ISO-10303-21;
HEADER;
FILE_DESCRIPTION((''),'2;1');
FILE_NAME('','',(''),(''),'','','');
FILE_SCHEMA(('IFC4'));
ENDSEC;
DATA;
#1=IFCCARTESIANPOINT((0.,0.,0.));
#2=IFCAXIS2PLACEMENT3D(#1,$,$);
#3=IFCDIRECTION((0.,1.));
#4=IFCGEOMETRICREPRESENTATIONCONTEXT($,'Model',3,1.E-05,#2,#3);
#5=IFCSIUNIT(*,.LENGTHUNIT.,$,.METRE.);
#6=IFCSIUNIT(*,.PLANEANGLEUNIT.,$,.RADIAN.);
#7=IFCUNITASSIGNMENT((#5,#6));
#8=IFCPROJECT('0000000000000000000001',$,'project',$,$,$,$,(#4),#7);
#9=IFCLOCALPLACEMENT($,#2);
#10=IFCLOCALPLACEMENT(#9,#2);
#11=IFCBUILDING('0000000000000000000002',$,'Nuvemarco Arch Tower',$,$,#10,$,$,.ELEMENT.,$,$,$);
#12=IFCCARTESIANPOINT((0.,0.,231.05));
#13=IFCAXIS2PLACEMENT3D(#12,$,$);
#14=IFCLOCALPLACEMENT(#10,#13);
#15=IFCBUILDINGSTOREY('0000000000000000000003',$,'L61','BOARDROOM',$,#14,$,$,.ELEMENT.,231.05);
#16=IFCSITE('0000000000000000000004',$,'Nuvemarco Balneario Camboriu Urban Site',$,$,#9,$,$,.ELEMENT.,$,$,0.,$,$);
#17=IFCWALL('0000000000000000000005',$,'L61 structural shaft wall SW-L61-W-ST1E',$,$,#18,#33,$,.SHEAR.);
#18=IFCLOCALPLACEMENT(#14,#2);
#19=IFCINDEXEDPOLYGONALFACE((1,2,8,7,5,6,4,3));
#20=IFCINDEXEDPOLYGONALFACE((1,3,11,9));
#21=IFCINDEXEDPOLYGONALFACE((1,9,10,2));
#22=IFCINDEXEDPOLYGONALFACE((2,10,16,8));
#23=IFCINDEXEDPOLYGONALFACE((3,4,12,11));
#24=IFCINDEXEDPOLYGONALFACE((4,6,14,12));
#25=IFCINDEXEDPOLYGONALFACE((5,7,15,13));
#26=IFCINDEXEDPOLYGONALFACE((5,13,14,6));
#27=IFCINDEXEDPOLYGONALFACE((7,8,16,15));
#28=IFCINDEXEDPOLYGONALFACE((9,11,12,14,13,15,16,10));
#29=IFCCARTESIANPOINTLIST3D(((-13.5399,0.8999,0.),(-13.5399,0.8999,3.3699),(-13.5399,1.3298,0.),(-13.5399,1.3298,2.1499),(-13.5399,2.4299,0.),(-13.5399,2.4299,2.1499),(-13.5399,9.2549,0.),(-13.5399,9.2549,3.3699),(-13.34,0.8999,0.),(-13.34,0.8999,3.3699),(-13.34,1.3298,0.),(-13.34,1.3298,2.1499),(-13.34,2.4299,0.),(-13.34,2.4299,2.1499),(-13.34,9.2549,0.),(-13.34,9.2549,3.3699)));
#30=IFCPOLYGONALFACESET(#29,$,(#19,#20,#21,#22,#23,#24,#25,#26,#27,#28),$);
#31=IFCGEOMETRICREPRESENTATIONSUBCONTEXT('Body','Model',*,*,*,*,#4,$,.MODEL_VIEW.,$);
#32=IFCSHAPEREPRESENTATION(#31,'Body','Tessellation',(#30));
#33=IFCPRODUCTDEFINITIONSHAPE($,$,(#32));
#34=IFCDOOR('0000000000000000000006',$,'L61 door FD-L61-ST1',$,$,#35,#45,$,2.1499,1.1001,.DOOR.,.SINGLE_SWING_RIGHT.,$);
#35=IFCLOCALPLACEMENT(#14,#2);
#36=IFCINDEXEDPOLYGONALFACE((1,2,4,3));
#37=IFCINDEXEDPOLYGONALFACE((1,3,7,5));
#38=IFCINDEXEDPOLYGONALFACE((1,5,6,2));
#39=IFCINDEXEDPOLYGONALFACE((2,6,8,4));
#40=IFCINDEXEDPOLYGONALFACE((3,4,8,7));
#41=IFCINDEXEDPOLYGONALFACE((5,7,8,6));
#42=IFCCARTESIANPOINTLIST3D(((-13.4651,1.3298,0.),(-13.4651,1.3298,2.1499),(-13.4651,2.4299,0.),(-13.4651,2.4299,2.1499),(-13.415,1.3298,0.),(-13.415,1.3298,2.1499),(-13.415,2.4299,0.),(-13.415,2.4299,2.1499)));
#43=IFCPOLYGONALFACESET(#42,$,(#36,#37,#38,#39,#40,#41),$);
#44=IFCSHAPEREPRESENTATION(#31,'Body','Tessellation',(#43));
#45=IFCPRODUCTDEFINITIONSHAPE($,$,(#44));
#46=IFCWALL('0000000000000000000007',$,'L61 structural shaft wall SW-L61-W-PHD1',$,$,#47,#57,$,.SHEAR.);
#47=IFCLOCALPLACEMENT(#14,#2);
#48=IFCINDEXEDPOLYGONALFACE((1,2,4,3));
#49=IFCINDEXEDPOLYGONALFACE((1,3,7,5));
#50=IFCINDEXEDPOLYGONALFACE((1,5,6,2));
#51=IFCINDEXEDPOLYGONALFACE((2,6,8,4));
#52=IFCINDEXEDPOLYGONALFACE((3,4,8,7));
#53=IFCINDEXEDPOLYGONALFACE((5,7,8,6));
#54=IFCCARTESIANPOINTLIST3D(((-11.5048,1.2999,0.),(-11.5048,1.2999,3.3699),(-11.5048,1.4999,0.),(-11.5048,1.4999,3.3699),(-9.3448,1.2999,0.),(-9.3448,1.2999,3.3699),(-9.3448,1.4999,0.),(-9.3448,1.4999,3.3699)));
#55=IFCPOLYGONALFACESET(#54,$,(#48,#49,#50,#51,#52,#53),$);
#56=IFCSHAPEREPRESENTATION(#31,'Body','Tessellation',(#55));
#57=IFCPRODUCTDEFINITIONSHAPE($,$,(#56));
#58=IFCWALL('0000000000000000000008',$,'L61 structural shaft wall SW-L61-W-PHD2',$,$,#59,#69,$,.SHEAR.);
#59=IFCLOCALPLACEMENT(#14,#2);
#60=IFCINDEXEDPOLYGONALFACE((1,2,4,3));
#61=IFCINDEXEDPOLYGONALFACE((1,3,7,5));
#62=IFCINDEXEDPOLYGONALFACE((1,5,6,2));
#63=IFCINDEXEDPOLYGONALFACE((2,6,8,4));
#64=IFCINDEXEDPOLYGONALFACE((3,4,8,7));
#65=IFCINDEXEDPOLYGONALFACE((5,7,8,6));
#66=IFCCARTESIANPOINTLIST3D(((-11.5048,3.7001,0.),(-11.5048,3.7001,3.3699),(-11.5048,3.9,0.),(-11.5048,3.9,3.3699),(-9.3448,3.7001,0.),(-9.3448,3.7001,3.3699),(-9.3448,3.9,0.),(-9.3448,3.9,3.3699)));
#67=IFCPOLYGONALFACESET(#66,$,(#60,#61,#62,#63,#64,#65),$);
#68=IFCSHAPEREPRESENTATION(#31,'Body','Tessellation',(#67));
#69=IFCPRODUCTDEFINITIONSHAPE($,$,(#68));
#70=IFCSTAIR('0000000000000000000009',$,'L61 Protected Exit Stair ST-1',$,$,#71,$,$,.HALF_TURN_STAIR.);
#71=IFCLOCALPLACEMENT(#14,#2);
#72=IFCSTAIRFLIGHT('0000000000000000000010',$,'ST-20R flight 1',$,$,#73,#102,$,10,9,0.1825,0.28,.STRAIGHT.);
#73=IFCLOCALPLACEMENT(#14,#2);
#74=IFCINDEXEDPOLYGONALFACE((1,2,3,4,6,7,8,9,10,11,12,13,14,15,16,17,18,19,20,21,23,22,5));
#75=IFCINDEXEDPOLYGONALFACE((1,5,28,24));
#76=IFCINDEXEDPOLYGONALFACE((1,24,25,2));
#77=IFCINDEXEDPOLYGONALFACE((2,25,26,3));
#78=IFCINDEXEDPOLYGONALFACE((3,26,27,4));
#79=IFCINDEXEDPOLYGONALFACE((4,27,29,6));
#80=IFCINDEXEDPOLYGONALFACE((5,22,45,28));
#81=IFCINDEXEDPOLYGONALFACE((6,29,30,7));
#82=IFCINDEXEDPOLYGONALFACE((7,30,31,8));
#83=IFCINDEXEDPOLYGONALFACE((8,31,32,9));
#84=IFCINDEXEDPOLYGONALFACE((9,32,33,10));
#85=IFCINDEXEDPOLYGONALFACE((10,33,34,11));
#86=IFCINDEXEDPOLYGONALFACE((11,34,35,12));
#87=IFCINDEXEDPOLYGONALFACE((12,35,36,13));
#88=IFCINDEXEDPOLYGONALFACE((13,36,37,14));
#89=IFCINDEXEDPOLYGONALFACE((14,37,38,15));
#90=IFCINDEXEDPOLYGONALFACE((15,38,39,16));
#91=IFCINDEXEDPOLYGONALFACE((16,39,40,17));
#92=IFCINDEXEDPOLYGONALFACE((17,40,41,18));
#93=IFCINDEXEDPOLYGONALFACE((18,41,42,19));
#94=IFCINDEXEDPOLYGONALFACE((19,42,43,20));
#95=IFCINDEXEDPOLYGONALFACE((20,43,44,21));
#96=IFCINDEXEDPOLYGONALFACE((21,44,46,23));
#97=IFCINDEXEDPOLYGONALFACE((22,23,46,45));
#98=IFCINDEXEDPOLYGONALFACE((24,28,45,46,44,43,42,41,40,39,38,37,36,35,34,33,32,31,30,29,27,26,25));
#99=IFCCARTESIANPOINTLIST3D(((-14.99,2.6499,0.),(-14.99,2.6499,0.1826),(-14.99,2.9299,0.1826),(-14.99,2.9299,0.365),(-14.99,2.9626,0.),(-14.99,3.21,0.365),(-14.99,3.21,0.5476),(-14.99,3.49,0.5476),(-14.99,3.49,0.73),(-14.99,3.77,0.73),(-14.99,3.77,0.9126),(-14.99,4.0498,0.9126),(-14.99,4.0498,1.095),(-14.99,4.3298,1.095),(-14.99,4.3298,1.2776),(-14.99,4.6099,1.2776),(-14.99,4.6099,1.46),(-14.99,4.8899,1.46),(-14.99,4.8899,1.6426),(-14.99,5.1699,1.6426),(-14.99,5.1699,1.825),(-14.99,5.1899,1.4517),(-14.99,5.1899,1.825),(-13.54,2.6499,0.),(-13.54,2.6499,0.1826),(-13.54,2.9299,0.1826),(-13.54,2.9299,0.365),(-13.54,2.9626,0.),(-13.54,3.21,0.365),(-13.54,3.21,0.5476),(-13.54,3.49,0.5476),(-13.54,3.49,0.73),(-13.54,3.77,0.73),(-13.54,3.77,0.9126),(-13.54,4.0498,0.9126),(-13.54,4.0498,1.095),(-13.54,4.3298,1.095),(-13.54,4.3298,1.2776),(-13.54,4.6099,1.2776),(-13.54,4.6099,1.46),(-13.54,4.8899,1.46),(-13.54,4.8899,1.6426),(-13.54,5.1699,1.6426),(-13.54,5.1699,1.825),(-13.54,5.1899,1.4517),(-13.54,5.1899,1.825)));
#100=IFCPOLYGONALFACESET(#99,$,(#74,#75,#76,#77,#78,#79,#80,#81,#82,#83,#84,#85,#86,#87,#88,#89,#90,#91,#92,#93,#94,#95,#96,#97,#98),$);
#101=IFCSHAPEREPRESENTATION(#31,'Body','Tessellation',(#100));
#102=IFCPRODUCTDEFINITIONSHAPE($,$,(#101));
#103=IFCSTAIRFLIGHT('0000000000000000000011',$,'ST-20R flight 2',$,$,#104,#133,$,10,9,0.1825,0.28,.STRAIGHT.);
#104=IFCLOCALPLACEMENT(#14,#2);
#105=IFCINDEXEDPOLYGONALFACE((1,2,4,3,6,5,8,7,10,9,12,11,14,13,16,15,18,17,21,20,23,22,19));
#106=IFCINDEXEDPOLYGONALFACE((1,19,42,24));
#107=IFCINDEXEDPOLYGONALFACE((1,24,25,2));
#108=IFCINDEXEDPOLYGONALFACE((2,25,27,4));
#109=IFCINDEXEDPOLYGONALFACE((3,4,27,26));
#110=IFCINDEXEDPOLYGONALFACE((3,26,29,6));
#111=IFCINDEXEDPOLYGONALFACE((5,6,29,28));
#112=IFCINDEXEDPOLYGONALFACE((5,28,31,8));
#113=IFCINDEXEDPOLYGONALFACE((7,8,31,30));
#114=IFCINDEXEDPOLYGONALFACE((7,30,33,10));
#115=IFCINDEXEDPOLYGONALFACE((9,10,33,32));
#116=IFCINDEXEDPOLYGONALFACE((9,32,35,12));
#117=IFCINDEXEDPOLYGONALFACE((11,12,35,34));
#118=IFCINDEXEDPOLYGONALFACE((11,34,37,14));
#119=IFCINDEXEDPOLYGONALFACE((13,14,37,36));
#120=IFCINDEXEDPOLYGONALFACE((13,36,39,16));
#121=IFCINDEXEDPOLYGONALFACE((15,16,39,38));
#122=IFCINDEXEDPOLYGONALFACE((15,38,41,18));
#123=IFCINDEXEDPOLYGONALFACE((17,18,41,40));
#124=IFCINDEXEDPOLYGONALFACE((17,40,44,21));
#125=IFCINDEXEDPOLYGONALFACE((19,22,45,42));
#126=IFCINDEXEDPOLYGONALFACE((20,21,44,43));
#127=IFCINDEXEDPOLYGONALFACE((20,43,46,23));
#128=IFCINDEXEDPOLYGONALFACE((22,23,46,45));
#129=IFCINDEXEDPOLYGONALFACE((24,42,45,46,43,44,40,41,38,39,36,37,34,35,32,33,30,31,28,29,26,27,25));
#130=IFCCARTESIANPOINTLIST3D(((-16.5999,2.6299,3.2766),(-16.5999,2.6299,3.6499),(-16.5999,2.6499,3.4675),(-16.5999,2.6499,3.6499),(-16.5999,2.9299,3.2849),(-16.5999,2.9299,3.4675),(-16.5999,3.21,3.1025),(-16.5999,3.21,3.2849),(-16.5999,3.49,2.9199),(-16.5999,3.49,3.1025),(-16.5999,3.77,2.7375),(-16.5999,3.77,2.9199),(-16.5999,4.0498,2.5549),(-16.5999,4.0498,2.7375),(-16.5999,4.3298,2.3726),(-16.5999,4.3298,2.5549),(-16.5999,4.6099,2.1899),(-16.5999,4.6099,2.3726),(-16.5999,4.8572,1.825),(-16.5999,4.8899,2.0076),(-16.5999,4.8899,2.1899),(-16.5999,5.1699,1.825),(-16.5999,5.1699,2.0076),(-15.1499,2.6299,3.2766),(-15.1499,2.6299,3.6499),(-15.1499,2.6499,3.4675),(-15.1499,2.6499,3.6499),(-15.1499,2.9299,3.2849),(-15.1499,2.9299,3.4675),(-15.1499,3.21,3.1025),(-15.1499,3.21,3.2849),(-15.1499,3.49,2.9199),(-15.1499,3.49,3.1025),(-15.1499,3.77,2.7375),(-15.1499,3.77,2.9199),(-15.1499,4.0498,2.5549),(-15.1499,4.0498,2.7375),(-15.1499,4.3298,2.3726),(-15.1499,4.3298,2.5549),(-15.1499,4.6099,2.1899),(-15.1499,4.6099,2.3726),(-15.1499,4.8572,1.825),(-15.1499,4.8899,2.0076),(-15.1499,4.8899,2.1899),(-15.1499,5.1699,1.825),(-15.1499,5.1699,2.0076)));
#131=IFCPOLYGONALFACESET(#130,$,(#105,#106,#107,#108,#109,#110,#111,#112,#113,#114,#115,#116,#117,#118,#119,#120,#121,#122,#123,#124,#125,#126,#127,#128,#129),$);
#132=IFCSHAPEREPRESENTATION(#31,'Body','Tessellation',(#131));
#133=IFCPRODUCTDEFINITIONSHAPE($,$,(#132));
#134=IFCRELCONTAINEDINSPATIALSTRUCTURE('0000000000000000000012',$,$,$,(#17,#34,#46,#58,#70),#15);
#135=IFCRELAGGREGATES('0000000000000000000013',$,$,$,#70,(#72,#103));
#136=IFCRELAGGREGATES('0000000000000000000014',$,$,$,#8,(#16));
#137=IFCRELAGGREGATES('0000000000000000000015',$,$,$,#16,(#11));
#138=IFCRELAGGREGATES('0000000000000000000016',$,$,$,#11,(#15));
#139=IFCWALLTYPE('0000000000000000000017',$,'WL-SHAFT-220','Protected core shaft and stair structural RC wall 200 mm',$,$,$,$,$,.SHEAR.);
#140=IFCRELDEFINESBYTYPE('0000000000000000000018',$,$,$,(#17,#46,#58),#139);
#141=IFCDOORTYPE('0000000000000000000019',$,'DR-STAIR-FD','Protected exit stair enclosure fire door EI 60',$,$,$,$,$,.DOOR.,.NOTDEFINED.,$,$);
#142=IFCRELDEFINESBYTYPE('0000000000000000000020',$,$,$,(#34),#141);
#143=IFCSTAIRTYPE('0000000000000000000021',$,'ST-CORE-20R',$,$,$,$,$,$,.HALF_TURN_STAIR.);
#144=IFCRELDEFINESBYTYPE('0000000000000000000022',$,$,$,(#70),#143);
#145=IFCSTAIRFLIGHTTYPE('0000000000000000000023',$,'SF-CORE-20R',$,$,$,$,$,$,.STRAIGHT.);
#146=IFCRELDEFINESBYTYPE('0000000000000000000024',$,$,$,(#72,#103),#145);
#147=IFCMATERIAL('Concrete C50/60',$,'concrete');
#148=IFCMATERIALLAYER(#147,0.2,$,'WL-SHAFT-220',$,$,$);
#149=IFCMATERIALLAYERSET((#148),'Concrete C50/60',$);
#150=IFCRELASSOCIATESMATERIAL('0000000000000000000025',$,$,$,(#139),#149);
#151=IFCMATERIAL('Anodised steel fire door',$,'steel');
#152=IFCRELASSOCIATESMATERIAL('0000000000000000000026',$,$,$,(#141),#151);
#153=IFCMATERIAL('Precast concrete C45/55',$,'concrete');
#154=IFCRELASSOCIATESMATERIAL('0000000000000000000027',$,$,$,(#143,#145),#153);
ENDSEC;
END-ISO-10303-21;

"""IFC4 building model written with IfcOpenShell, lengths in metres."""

from ifc_helpers import new_model, si_unit, direction, frame, frame_2d, origin, place, context, subcontext, project, spatial, polyline, rectangle, outline, extrude, source, transform, mapped, material, layer, layer_set, type_object, type_shapes, element, fill, aggregate, save


model = new_model("IFC4")

# Units and contexts
model_context = context("Model", 3, precision=1e-05, world=origin(), true_north=direction((0.0, 1.0)))
body_context = subcontext(model_context, "Body", "Model", "MODEL_VIEW")
ifc_project = project(units=[si_unit("LENGTHUNIT", "METRE"), si_unit("PLANEANGLEUNIT", "RADIAN")], contexts=[model_context])

# Site, building, storey
site_placement = place(None, origin())
site = spatial("IfcSite", under=ifc_project, at=site_placement, Name="Nuvemarco Balneario Camboriu Urban Site", CompositionType="ELEMENT", RefElevation=0.0)
building_placement = place(site_placement, origin())
building = spatial("IfcBuilding", under=site, at=building_placement, Name="Nuvemarco Arch Tower", CompositionType="ELEMENT")
storey_placement = place(building_placement, frame((0.0, 0.0, 231.05)))
storey = spatial("IfcBuildingStorey", under=building, at=storey_placement, Name="L61", Description="BOARDROOM", CompositionType="ELEMENT", Elevation=231.05)

# Shared definitions
ifc_material_1 = material(Name="Concrete C50/60", Category="concrete")

# Wall, opening, door
ifc_layer_1 = layer(ifc_material_1, 0.2, Name="WL-SHAFT-220")
ifc_layer_set_1 = layer_set([ifc_layer_1], Name="Concrete C50/60")
wall_type_1 = type_object("IfcWallType", Name="WL-SHAFT-220", Description="Protected core shaft and stair structural RC wall 200 mm", PredefinedType="SHEAR", material=ifc_layer_set_1)
wall_1_placement = place(storey_placement, frame((-13.4399, 0.8999, 0.0), z_axis=(0.0, 0.0, 1.0), x_axis=(0.0, 1.0, 0.0)))
wall_1 = element("IfcWall", 1, at=wall_1_placement, inside=storey, type_object=wall_type_1, Name="L61 structural shaft wall SW-L61-W-ST1E", PredefinedType="SHEAR", context=body_context, shape_type="SweptSolid", body=[
    extrude(rectangle(XDim=8.355, YDim=0.2, at=frame_2d((4.1775, 0.0))), origin(), (0.0, 0.0, 1.0), 3.3699),
])
opening_1_placement = place(wall_1_placement, frame((1.53, 0.0, 0.0), z_axis=(0.0, 0.0, 1.0), x_axis=(-1.0, 0.0, 0.0)))
opening_1 = element("IfcOpeningElement", 2, at=opening_1_placement, cuts=wall_1, PredefinedType="OPENING", context=body_context, shape_type="SweptSolid", body=[
    extrude(rectangle(XDim=1.1001, YDim=2.1499, at=frame_2d((0.55, 1.075))), frame((0.0, 0.1099, 0.0), z_axis=(0.0, -1.0, 0.0), x_axis=(1.0, 0.0, 0.0)), (0.0, 0.0, 1.0), 0.22),
])
ifc_material_2 = material(Name="Anodised steel fire door", Category="steel")
door_type_1 = type_object("IfcDoorType", Name="DR-STAIR-FD", Description="Protected exit stair enclosure fire door EI 60", OperationType="NOTDEFINED", PredefinedType="DOOR", material=ifc_material_2)
shared_shape_1 = source(origin(), body_context, "Body", "SweptSolid", [
    extrude(rectangle(XDim=1.1001, YDim=2.1499, at=frame_2d((0.55, 1.075))), frame((0.0, 0.0249, 0.0), z_axis=(0.0, -1.0, 0.0), x_axis=(1.0, 0.0, 0.0)), (0.0, 0.0, 1.0), 0.05),
])
type_shapes(door_type_1, [shared_shape_1])
door_1_placement = place(opening_1_placement, origin())
door_1 = element("IfcDoor", 3, at=door_1_placement, inside=storey, type_object=door_type_1, Name="L61 door FD-L61-ST1", OperationType="SINGLE_SWING_RIGHT", OverallHeight=2.1499, OverallWidth=1.1001, PredefinedType="DOOR", context=body_context, shape_type="MappedRepresentation", body=[
    mapped(shared_shape_1, transform((0.0, 0.0, 0.0), scale=1.0)),
])
fill(opening_1, door_1)

# Walls
for number, where, z_axis, x_axis, name in (
    (4, (-11.5049, 1.3999, 0.0), (0.0, 0.0, 1.0), (1.0, 0.0, 0.0), "L61 structural shaft wall SW-L61-W-PHD1"),
    (5, (-11.5049, 3.8, 0.0), (0.0, 0.0, 1.0), (1.0, 0.0, 0.0), "L61 structural shaft wall SW-L61-W-PHD2"),
):
    element("IfcWall", number, at=place(storey_placement, frame(where, z_axis=z_axis, x_axis=x_axis)), inside=storey, type_object=wall_type_1, Name=name, PredefinedType="SHEAR", context=body_context, shape_type="SweptSolid", body=[
        extrude(rectangle(XDim=2.1599, YDim=0.2, at=frame_2d((1.0801, 0.0))), origin(), (0.0, 0.0, 1.0), 3.3699),
    ])

# Stair, stair flights
ifc_material_3 = material(Name="Precast concrete C45/55", Category="concrete")
stair_type = type_object("IfcStairType", Name="ST-CORE-20R", PredefinedType="HALF_TURN_STAIR", material=ifc_material_3)
stair_placement = place(storey_placement, origin())
stair = element("IfcStair", 6, at=stair_placement, inside=storey, type_object=stair_type, Name="L61 Protected Exit Stair ST-1", PredefinedType="HALF_TURN_STAIR")
stair_flight_type = type_object("IfcStairFlightType", Name="SF-CORE-20R", PredefinedType="STRAIGHT", material=ifc_material_3)
stair_flight_1_placement = place(storey_placement, frame((-14.2649, 2.6499, 0.0), z_axis=(0.0, 0.0, 1.0), x_axis=(0.0, 1.0, 0.0)))
stair_flight_1 = element("IfcStairFlight", 7, at=stair_flight_1_placement, type_object=stair_flight_type, Name="ST-20R flight 1", NumberOfRisers=10, NumberOfTreads=9, PredefinedType="STRAIGHT", RiserHeight=0.1825, TreadLength=0.28, context=body_context, shape_type="SweptSolid", body=[
    extrude(outline(polyline([(0.0, 0.0), (0.0, 0.1826), (0.28, 0.1826), (0.28, 0.365), (0.5601, 0.365), (0.5601, 0.5476), (0.8401, 0.5476), (0.8401, 0.73), (1.1201, 0.73), (1.1201, 0.9126), (1.3999, 0.9126), (1.3999, 1.095), (1.6799, 1.095), (1.6799, 1.2776), (1.96, 1.2776), (1.96, 1.46), (2.24, 1.46), (2.24, 1.6426), (2.52, 1.6426), (2.52, 1.825), (2.54, 1.825), (2.54, 1.4517), (0.3127, 0.0), (0.0, 0.0)])), frame((0.0, 0.7251, 0.0), z_axis=(0.0, -1.0, 0.0), x_axis=(1.0, 0.0, 0.0)), (0.0, 0.0, 1.0), 1.45),
])
stair_flight_2_placement = place(storey_placement, frame((-15.875, 5.1699, 1.825), z_axis=(0.0, 0.0, 1.0), x_axis=(0.0, -1.0, 0.0)))
stair_flight_2 = element("IfcStairFlight", 8, at=stair_flight_2_placement, type_object=stair_flight_type, Name="ST-20R flight 2", NumberOfRisers=10, NumberOfTreads=9, PredefinedType="STRAIGHT", RiserHeight=0.1825, TreadLength=0.28, context=body_context, shape_type="SweptSolid", body=[
    extrude(outline(polyline([(0.0, 0.0), (0.0, 0.1826), (0.28, 0.1826), (0.28, 0.365), (0.5601, 0.365), (0.5601, 0.5476), (0.8401, 0.5476), (0.8401, 0.73), (1.1201, 0.73), (1.1201, 0.9126), (1.3999, 0.9126), (1.3999, 1.095), (1.6799, 1.095), (1.6799, 1.2776), (1.96, 1.2776), (1.96, 1.46), (2.24, 1.46), (2.24, 1.6426), (2.52, 1.6426), (2.52, 1.825), (2.54, 1.825), (2.54, 1.4517), (0.3127, 0.0), (0.0, 0.0)])), frame((0.0, 0.7251, 0.0), z_axis=(0.0, -1.0, 0.0), x_axis=(1.0, 0.0, 0.0)), (0.0, 0.0, 1.0), 1.45),
])
aggregate(stair, [stair_flight_1, stair_flight_2])

save(model, "model.ifc")
